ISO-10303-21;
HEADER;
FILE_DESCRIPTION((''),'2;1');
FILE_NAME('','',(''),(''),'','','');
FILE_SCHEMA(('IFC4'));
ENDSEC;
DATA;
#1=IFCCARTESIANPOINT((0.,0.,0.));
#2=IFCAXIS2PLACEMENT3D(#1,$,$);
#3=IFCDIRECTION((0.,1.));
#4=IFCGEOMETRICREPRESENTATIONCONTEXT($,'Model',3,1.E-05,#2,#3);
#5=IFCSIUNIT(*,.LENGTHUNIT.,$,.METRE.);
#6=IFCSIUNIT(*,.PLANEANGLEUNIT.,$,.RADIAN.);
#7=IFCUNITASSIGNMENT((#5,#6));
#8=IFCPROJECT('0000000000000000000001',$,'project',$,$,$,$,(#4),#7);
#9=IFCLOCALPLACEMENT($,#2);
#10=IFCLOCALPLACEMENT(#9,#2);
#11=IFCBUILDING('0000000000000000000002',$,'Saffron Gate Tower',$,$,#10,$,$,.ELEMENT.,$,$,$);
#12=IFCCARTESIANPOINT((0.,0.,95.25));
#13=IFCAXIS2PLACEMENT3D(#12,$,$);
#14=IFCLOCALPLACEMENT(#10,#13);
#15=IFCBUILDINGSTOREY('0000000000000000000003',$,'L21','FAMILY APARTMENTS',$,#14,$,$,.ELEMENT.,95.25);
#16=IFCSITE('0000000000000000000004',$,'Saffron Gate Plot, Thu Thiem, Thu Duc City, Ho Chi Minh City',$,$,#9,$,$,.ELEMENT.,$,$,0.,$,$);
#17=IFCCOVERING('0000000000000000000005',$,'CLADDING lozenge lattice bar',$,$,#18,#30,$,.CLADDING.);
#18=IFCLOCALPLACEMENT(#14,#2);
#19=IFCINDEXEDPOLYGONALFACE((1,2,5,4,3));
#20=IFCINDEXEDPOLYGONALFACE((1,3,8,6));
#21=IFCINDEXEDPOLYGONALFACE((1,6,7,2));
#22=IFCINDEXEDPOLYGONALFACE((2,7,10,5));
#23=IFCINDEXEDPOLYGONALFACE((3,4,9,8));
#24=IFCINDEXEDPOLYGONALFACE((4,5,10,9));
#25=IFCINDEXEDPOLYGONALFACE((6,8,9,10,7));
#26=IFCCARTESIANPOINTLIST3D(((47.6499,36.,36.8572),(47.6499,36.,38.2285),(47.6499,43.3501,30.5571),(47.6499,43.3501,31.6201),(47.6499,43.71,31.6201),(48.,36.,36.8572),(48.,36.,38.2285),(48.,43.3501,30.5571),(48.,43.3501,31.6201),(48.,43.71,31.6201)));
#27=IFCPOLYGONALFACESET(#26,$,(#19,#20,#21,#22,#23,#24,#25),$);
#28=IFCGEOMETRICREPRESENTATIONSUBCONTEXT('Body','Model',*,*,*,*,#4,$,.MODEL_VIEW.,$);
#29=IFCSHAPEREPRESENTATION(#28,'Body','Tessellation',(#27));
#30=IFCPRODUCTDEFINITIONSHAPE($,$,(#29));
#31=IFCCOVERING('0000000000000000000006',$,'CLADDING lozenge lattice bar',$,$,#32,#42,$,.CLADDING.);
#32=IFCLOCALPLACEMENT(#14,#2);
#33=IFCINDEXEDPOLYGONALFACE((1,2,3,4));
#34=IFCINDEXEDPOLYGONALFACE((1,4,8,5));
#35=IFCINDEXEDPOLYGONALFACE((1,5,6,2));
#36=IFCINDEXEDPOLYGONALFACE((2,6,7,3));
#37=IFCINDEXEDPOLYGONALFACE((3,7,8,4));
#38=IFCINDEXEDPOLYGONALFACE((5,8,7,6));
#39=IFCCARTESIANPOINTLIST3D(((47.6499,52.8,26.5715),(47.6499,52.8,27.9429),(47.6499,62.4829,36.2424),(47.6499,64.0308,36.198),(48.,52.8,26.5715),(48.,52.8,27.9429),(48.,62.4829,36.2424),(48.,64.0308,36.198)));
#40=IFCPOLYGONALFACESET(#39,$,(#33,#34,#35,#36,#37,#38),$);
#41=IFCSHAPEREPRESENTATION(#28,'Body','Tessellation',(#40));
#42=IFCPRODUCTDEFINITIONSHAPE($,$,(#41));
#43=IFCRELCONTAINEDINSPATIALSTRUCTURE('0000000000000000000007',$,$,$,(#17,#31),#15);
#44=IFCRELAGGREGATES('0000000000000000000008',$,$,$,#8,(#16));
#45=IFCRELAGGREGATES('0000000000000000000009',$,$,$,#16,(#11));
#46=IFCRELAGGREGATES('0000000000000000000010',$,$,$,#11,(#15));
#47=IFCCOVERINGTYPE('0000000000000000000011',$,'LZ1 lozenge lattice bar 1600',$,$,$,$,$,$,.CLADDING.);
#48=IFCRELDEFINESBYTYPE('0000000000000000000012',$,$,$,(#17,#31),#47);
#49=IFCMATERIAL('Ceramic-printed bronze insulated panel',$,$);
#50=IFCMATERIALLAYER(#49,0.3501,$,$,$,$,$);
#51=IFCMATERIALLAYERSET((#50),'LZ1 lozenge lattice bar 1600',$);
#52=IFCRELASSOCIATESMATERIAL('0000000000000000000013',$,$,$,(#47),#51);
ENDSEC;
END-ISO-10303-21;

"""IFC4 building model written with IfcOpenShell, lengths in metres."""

from ifc_helpers import new_model, si_unit, direction, frame, origin, place, context, subcontext, project, spatial, polyline, outline, extrude, material, layer, layer_set, type_object, element, save


model = new_model("IFC4")

# Units and contexts
model_context = context("Model", 3, precision=1e-05, world=origin(), true_north=direction((0.0, 1.0)))
body_context = subcontext(model_context, "Body", "Model", "MODEL_VIEW")
ifc_project = project(units=[si_unit("LENGTHUNIT", "METRE"), si_unit("PLANEANGLEUNIT", "RADIAN")], contexts=[model_context])

# Site, building, storey
site_placement = place(None, origin())
site = spatial("IfcSite", under=ifc_project, at=site_placement, Name="Saffron Gate Plot, Thu Thiem, Thu Duc City, Ho Chi Minh City", CompositionType="ELEMENT", RefElevation=0.0)
building_placement = place(site_placement, origin())
building = spatial("IfcBuilding", under=site, at=building_placement, Name="Saffron Gate Tower", CompositionType="ELEMENT")
storey_placement = place(building_placement, frame((0.0, 0.0, 95.25)))
storey = spatial("IfcBuildingStorey", under=building, at=storey_placement, Name="L21", Description="FAMILY APARTMENTS", CompositionType="ELEMENT", Elevation=95.25)

# Coverings
ifc_material_1 = material(Name="Ceramic-printed bronze insulated panel")
ifc_layer_1 = layer(ifc_material_1, 0.3501)
ifc_layer_set_1 = layer_set([ifc_layer_1], Name="LZ1 lozenge lattice bar 1600")
covering_type = type_object("IfcCoveringType", Name="LZ1 lozenge lattice bar 1600", PredefinedType="CLADDING", material=ifc_layer_set_1)
covering_1_placement = place(storey_placement, frame((47.6499, 43.71, 31.6201), z_axis=(-1.0, 0.0, 0.0), x_axis=(0.0, -1.0, 0.0)))
element("IfcCovering", 1, at=covering_1_placement, inside=storey, type_object=covering_type, Name="CLADDING lozenge lattice bar", PredefinedType="CLADDING", context=body_context, shape_type="SweptSolid", body=[
    extrude(outline(polyline([(0.0, 0.0), (0.3599, 0.0), (0.3599, -1.063), (7.71, 5.2371), (7.71, 6.6084), (0.0, 0.0)])), origin(), (0.0, 0.0, -1.0), 0.3501),
])
covering_2_placement = place(storey_placement, frame((47.6499, 52.8, 26.5715), z_axis=(-1.0, 0.0, 0.0), x_axis=(0.0, 0.0, 1.0)))
element("IfcCovering", 2, at=covering_2_placement, inside=storey, type_object=covering_type, Name="CLADDING lozenge lattice bar", PredefinedType="CLADDING", context=body_context, shape_type="SweptSolid", body=[
    extrude(outline(polyline([(0.0, 0.0), (1.3713, 0.0), (9.6709, 9.6829), (9.6265, 11.2307), (0.0, 0.0)])), origin(), (0.0, 0.0, -1.0), 0.3501),
])

save(model, "model.ifc")
